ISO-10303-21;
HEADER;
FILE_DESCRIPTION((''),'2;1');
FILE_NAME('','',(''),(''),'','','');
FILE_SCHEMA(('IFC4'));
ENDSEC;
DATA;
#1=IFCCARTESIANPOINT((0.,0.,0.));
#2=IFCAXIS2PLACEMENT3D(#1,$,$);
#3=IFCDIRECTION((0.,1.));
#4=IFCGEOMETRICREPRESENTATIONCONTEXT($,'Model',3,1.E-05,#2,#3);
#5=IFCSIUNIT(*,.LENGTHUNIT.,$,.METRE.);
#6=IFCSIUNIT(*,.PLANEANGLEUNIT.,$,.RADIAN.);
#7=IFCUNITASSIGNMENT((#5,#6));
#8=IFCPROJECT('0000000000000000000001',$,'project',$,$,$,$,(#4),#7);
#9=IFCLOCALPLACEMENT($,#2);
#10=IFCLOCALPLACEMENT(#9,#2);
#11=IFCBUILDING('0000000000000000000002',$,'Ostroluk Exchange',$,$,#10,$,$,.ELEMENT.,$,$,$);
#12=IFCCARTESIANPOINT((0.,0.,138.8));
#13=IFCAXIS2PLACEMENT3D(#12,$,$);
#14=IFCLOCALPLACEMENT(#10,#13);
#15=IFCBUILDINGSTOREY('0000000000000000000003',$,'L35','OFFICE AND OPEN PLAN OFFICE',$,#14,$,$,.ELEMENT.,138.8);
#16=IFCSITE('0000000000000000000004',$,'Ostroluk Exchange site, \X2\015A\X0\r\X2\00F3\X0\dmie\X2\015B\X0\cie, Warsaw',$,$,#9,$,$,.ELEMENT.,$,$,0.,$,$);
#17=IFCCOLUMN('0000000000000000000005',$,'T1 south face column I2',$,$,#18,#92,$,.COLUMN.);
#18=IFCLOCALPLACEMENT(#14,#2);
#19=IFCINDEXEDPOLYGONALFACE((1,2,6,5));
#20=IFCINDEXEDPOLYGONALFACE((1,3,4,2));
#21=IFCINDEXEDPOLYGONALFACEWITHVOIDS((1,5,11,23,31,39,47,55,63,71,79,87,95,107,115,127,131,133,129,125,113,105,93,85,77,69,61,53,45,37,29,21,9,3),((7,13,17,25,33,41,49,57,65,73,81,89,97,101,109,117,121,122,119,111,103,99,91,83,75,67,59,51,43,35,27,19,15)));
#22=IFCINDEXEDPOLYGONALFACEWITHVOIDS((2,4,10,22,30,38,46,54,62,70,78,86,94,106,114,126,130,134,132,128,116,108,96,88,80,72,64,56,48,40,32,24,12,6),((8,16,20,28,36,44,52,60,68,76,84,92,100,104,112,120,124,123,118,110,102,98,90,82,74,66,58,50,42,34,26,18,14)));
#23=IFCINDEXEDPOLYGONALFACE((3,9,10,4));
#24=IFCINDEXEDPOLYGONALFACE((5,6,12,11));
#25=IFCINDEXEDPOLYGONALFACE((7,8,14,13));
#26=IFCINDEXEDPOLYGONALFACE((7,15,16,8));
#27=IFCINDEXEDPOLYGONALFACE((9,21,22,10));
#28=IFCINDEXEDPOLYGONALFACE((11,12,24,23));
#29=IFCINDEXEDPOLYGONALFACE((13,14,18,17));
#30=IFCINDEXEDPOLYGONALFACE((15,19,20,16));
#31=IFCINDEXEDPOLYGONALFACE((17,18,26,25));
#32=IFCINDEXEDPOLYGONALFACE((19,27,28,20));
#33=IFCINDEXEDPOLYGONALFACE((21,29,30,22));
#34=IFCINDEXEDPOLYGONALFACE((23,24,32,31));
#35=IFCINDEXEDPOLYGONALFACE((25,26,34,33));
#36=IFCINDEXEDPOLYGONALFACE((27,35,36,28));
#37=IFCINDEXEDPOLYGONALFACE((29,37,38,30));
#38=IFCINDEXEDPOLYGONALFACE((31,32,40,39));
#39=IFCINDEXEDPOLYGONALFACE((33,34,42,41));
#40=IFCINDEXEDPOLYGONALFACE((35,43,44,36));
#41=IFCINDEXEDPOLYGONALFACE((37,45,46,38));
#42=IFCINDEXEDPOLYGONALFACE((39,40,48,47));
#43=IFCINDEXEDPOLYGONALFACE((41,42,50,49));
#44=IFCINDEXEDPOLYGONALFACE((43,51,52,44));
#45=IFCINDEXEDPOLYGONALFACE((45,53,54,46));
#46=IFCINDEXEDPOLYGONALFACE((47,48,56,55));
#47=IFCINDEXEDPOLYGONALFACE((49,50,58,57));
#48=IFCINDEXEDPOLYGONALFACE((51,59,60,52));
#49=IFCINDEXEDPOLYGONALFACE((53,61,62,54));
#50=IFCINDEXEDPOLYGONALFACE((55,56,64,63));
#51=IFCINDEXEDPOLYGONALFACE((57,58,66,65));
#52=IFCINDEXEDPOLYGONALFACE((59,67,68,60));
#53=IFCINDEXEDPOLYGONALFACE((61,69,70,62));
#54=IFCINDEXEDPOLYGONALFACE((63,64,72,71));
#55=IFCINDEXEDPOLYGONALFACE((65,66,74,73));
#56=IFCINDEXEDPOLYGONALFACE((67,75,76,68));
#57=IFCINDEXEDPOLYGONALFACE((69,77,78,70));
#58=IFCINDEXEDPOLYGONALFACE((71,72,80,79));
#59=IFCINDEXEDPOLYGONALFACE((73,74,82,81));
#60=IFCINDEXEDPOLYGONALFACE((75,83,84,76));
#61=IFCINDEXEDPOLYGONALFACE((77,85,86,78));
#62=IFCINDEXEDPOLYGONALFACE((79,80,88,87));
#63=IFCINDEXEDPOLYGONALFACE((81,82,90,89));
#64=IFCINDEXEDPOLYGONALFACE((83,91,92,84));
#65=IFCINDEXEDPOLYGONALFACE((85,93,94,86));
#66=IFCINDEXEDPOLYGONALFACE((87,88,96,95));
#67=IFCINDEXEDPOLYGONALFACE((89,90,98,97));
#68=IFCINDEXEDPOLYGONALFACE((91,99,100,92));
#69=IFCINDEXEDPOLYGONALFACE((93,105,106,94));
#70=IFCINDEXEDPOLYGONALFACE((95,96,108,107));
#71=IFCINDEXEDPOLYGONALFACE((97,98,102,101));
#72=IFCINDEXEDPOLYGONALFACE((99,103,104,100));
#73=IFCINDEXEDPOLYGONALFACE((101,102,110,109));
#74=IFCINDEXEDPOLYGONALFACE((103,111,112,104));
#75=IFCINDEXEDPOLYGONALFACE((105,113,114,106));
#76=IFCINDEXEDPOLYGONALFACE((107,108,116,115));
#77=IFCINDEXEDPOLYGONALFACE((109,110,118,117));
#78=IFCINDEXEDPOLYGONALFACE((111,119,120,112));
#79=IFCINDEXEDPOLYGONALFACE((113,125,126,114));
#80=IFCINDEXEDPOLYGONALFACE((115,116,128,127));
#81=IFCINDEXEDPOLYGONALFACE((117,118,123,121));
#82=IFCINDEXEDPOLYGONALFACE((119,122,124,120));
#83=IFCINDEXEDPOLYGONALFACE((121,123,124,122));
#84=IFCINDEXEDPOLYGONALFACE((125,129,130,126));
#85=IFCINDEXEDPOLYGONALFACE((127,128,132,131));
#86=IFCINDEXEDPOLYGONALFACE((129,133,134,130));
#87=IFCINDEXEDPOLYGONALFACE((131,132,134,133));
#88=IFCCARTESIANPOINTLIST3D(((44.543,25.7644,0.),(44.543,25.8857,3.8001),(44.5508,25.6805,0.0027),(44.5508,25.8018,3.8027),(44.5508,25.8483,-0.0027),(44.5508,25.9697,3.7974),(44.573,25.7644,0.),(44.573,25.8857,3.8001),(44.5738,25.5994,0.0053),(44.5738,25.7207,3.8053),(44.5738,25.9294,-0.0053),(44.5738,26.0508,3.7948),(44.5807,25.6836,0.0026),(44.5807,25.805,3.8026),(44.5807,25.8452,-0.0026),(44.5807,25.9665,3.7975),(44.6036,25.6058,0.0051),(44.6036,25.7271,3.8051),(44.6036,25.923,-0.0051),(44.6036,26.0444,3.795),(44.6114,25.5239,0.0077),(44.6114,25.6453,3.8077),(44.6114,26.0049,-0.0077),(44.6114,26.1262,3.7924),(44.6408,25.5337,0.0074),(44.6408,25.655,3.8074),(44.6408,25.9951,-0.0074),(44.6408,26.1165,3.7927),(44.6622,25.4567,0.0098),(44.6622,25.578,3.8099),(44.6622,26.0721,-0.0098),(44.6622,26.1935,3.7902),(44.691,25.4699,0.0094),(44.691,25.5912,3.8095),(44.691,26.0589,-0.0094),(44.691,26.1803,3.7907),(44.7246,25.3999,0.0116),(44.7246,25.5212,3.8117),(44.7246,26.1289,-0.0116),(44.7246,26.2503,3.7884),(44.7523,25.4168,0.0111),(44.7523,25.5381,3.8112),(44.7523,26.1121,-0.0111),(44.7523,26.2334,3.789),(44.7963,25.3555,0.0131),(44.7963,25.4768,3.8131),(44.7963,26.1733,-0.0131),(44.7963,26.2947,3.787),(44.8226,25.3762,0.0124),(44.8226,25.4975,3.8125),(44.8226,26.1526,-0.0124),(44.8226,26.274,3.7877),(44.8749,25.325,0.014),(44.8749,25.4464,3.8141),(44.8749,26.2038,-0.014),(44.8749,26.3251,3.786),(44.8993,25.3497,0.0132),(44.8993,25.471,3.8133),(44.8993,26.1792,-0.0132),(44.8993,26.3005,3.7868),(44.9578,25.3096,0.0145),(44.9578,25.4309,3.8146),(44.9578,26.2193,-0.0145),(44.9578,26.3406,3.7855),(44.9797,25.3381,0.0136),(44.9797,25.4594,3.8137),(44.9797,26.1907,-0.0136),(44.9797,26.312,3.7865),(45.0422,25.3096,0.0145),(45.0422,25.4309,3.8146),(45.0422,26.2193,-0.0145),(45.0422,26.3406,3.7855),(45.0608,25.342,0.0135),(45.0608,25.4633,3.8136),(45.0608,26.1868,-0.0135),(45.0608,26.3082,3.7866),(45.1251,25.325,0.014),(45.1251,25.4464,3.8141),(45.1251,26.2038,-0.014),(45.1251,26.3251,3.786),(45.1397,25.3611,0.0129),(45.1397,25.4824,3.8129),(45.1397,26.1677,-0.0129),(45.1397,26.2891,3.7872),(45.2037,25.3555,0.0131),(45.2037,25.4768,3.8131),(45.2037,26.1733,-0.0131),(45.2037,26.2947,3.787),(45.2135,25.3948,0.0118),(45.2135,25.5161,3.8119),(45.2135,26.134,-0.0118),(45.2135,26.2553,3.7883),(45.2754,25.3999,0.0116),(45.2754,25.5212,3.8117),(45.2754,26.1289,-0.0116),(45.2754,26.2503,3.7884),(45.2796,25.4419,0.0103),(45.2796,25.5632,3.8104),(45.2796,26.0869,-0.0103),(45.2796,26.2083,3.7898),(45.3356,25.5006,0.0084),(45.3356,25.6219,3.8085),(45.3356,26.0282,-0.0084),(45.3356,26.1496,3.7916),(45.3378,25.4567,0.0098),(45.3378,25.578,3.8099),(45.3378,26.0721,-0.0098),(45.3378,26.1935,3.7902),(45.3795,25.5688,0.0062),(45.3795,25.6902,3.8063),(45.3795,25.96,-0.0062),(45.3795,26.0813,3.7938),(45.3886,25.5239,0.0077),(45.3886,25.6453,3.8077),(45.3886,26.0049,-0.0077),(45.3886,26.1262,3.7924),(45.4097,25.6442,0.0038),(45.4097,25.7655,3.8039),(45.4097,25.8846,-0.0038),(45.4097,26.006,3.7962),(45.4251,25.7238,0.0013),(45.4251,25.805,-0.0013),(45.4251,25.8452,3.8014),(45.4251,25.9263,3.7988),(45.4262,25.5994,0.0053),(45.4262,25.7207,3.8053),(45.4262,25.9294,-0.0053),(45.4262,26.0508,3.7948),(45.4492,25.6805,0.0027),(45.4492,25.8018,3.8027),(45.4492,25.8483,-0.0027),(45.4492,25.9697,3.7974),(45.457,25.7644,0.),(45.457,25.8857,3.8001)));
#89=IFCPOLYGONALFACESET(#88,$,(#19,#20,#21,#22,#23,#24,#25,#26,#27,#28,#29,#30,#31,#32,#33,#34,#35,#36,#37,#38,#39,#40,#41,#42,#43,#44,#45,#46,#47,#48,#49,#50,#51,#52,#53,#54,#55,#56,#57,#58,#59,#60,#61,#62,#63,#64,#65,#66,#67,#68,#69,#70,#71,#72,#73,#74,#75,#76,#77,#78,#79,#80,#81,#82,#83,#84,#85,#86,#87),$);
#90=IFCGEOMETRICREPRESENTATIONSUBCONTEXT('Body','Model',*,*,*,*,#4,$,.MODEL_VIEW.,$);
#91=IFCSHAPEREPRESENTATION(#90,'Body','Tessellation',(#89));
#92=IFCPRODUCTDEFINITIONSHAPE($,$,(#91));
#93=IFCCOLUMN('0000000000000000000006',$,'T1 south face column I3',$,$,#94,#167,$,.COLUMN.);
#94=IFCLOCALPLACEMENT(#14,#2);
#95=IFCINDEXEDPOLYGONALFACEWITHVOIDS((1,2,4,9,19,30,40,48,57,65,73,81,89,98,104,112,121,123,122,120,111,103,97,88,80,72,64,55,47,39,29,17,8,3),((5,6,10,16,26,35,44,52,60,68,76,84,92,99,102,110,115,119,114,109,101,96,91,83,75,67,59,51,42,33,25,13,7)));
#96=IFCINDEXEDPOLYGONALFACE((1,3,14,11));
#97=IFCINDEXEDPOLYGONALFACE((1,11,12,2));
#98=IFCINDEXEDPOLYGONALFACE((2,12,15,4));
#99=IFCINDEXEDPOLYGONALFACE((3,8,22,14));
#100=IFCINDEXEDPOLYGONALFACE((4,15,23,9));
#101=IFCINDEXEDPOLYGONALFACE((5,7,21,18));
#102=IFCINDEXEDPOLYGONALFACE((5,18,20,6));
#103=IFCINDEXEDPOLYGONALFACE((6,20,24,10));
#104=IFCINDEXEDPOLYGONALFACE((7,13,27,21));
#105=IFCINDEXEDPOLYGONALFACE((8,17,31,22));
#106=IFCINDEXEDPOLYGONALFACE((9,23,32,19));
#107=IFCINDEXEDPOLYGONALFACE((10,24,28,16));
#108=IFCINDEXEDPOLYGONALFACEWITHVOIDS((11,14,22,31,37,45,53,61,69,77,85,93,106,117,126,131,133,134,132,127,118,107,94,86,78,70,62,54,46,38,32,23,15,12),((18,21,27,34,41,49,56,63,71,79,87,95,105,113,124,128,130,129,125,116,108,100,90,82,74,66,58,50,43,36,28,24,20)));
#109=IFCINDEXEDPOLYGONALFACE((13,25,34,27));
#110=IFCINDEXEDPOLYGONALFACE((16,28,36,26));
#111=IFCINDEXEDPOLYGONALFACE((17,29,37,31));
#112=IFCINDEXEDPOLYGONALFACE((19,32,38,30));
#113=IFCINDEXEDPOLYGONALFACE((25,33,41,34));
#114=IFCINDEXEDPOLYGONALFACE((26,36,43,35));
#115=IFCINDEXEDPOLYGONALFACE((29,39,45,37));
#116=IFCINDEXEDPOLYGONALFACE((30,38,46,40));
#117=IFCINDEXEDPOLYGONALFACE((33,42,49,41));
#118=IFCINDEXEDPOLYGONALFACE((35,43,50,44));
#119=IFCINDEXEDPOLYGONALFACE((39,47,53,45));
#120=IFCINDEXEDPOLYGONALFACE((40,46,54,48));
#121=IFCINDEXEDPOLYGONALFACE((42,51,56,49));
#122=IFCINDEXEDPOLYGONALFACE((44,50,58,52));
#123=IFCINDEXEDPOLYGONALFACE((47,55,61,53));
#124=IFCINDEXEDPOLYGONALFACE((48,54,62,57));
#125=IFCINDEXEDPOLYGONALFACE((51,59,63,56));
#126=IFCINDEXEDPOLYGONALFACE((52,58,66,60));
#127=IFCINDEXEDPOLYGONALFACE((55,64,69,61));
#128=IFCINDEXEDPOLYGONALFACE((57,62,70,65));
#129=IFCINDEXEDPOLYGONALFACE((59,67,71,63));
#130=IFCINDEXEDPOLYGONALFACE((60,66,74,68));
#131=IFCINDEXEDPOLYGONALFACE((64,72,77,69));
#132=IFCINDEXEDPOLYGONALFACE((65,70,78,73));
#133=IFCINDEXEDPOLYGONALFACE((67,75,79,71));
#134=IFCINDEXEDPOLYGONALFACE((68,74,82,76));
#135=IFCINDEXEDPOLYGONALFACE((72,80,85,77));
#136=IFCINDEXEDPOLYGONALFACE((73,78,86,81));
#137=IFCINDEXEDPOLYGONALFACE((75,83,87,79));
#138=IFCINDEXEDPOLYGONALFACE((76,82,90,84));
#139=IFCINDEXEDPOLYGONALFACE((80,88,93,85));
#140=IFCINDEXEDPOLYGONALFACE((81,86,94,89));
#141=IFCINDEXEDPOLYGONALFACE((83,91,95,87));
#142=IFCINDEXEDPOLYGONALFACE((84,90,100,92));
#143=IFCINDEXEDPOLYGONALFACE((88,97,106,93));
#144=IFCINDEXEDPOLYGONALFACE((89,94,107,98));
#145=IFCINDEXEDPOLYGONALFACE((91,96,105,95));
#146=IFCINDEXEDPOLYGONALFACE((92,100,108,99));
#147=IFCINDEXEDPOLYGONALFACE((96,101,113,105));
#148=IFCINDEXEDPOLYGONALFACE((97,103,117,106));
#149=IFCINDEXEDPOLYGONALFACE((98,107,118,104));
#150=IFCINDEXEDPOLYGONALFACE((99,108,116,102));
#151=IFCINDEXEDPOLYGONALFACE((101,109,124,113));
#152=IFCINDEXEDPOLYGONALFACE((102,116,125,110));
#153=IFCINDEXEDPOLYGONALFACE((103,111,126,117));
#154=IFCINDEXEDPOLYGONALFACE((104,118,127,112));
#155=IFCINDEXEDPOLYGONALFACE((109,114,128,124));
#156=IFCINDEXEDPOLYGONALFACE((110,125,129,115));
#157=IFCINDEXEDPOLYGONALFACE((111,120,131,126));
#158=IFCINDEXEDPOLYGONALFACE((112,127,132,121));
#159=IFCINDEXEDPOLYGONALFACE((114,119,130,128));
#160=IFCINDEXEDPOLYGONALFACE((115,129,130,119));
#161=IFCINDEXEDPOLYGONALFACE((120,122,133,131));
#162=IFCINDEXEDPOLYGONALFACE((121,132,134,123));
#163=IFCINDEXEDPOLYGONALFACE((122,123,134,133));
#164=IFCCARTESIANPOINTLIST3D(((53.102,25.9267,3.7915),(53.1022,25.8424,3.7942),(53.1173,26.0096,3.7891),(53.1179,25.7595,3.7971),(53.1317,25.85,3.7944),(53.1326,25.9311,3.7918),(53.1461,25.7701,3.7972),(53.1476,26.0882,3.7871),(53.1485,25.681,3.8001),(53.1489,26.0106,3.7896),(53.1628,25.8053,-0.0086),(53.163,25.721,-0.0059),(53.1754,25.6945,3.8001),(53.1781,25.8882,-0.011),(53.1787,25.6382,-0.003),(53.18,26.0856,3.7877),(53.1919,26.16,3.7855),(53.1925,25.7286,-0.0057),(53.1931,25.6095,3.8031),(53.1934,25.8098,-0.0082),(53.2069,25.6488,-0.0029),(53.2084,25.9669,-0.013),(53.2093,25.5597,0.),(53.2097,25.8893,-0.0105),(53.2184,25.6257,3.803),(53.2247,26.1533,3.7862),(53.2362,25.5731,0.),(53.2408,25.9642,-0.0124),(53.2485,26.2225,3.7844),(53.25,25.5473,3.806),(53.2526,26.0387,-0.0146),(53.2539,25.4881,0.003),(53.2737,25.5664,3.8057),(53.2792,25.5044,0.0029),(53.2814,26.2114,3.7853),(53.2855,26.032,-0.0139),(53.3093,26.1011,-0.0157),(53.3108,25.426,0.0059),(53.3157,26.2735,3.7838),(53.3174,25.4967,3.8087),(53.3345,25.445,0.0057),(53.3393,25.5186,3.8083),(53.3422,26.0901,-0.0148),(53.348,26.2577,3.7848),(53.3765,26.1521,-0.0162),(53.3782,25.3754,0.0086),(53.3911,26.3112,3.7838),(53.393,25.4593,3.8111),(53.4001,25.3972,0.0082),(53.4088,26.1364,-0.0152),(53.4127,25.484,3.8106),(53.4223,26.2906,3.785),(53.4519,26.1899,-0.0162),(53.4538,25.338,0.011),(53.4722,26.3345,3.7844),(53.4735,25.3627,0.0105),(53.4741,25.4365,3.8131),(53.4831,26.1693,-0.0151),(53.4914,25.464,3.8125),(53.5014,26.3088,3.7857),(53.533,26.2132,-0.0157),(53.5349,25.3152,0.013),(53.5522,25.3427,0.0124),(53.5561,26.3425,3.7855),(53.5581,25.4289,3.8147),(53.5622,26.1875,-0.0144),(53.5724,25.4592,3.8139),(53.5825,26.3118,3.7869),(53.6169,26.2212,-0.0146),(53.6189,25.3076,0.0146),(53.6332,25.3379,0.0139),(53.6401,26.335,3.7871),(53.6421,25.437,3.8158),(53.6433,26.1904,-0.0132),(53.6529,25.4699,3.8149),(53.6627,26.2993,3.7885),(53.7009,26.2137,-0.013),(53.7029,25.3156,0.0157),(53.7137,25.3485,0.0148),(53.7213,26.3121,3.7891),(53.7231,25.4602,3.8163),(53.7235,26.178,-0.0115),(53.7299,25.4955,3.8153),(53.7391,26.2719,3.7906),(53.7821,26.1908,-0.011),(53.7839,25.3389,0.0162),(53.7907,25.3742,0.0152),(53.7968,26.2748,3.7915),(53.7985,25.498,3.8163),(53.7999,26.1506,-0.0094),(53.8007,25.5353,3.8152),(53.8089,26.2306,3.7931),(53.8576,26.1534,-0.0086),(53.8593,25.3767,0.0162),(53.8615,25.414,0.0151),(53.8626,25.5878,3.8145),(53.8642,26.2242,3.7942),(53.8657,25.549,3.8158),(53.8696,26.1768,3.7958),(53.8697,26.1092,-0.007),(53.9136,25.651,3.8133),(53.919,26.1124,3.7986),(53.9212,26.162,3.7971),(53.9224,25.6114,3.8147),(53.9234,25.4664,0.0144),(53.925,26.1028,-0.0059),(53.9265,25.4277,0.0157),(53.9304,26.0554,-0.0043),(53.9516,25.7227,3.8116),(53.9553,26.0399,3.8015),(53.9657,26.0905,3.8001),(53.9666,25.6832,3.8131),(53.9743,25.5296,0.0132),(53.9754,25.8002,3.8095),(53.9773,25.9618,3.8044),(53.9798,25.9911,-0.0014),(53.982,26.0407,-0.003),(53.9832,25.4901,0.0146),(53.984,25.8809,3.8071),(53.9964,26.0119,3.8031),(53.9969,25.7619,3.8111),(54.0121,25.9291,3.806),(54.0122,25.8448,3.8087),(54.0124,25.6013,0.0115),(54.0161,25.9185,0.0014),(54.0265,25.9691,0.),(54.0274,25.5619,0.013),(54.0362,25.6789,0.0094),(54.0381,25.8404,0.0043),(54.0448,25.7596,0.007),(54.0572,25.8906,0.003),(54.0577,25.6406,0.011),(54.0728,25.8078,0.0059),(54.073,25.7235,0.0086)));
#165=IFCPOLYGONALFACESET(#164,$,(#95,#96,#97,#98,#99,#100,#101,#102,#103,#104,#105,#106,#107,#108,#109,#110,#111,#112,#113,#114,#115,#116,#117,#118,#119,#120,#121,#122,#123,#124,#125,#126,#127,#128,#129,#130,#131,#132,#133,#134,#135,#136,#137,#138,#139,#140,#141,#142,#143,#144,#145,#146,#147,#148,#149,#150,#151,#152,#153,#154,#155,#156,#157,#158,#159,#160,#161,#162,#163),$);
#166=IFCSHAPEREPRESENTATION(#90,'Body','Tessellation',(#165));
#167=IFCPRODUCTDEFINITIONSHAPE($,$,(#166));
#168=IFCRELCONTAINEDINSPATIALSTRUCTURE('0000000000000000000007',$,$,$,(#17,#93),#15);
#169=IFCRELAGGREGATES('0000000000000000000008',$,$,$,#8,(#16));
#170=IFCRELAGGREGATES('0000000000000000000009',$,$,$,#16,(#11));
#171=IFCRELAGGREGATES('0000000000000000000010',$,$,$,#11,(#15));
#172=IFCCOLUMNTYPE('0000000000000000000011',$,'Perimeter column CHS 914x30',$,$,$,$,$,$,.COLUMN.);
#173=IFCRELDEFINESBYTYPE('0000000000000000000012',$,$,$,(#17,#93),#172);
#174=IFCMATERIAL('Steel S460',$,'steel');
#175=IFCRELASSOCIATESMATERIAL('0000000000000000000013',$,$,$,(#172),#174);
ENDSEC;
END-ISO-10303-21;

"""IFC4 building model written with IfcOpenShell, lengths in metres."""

from ifc_helpers import new_model, si_unit, direction, frame, origin, origin_2d, place, context, subcontext, project, spatial, hollow_circle, extrude, material, material_profile, profile_set, type_object, element, save


model = new_model("IFC4")

# Units and contexts
model_context = context("Model", 3, precision=1e-05, world=origin(), true_north=direction((0.0, 1.0)))
body_context = subcontext(model_context, "Body", "Model", "MODEL_VIEW")
ifc_project = project(units=[si_unit("LENGTHUNIT", "METRE"), si_unit("PLANEANGLEUNIT", "RADIAN")], contexts=[model_context])

# Site, building, storey
site_placement = place(None, origin())
site = spatial("IfcSite", under=ifc_project, at=site_placement, Name="Ostroluk Exchange site, Śródmieście, Warsaw", CompositionType="ELEMENT", RefElevation=0.0)
building_placement = place(site_placement, origin())
building = spatial("IfcBuilding", under=site, at=building_placement, Name="Ostroluk Exchange", CompositionType="ELEMENT")
storey_placement = place(building_placement, frame((0.0, 0.0, 138.8)))
storey = spatial("IfcBuildingStorey", under=building, at=storey_placement, Name="L35", Description="OFFICE AND OPEN PLAN OFFICE", CompositionType="ELEMENT", Elevation=138.8)

# Columns
ifc_material_1 = material(Name="Steel S460", Category="steel")
ifc_material_profile_1 = material_profile(ifc_material_1, hollow_circle(Radius=0.457, WallThickness=0.03, at=origin_2d()), Name="CHS 914x30")
ifc_profile_set_1 = profile_set([ifc_material_profile_1], Name="Steel S460")
column_type = type_object("IfcColumnType", Name="Perimeter column CHS 914x30", PredefinedType="COLUMN", material=ifc_profile_set_1)
column_1_placement = place(storey_placement, frame((45.0, 25.7644, 0.0), z_axis=(0.0, 0.031914, 0.999491), x_axis=(-1.0, 0.0, 0.0)))
element("IfcColumn", 1, at=column_1_placement, inside=storey, type_object=column_type, Name="T1 south face column I2", PredefinedType="COLUMN", context=body_context, shape_type="SweptSolid", body=[
    extrude(hollow_circle(Radius=0.457, WallThickness=0.03, at=origin_2d()), origin(), (0.0, 0.0, 1.0), 3.802),
])
column_2_placement = place(storey_placement, frame((53.6179, 25.7644, 0.0), z_axis=(-0.015987, 0.03191, 0.999363), x_axis=(-0.894067, -0.447933, 0.0)))
element("IfcColumn", 2, at=column_2_placement, inside=storey, type_object=column_type, Name="T1 south face column I3", PredefinedType="COLUMN", context=body_context, shape_type="SweptSolid", body=[
    extrude(hollow_circle(Radius=0.457, WallThickness=0.03, at=origin_2d()), origin(), (0.0, 0.0, 1.0), 3.8025),
])

save(model, "model.ifc")
